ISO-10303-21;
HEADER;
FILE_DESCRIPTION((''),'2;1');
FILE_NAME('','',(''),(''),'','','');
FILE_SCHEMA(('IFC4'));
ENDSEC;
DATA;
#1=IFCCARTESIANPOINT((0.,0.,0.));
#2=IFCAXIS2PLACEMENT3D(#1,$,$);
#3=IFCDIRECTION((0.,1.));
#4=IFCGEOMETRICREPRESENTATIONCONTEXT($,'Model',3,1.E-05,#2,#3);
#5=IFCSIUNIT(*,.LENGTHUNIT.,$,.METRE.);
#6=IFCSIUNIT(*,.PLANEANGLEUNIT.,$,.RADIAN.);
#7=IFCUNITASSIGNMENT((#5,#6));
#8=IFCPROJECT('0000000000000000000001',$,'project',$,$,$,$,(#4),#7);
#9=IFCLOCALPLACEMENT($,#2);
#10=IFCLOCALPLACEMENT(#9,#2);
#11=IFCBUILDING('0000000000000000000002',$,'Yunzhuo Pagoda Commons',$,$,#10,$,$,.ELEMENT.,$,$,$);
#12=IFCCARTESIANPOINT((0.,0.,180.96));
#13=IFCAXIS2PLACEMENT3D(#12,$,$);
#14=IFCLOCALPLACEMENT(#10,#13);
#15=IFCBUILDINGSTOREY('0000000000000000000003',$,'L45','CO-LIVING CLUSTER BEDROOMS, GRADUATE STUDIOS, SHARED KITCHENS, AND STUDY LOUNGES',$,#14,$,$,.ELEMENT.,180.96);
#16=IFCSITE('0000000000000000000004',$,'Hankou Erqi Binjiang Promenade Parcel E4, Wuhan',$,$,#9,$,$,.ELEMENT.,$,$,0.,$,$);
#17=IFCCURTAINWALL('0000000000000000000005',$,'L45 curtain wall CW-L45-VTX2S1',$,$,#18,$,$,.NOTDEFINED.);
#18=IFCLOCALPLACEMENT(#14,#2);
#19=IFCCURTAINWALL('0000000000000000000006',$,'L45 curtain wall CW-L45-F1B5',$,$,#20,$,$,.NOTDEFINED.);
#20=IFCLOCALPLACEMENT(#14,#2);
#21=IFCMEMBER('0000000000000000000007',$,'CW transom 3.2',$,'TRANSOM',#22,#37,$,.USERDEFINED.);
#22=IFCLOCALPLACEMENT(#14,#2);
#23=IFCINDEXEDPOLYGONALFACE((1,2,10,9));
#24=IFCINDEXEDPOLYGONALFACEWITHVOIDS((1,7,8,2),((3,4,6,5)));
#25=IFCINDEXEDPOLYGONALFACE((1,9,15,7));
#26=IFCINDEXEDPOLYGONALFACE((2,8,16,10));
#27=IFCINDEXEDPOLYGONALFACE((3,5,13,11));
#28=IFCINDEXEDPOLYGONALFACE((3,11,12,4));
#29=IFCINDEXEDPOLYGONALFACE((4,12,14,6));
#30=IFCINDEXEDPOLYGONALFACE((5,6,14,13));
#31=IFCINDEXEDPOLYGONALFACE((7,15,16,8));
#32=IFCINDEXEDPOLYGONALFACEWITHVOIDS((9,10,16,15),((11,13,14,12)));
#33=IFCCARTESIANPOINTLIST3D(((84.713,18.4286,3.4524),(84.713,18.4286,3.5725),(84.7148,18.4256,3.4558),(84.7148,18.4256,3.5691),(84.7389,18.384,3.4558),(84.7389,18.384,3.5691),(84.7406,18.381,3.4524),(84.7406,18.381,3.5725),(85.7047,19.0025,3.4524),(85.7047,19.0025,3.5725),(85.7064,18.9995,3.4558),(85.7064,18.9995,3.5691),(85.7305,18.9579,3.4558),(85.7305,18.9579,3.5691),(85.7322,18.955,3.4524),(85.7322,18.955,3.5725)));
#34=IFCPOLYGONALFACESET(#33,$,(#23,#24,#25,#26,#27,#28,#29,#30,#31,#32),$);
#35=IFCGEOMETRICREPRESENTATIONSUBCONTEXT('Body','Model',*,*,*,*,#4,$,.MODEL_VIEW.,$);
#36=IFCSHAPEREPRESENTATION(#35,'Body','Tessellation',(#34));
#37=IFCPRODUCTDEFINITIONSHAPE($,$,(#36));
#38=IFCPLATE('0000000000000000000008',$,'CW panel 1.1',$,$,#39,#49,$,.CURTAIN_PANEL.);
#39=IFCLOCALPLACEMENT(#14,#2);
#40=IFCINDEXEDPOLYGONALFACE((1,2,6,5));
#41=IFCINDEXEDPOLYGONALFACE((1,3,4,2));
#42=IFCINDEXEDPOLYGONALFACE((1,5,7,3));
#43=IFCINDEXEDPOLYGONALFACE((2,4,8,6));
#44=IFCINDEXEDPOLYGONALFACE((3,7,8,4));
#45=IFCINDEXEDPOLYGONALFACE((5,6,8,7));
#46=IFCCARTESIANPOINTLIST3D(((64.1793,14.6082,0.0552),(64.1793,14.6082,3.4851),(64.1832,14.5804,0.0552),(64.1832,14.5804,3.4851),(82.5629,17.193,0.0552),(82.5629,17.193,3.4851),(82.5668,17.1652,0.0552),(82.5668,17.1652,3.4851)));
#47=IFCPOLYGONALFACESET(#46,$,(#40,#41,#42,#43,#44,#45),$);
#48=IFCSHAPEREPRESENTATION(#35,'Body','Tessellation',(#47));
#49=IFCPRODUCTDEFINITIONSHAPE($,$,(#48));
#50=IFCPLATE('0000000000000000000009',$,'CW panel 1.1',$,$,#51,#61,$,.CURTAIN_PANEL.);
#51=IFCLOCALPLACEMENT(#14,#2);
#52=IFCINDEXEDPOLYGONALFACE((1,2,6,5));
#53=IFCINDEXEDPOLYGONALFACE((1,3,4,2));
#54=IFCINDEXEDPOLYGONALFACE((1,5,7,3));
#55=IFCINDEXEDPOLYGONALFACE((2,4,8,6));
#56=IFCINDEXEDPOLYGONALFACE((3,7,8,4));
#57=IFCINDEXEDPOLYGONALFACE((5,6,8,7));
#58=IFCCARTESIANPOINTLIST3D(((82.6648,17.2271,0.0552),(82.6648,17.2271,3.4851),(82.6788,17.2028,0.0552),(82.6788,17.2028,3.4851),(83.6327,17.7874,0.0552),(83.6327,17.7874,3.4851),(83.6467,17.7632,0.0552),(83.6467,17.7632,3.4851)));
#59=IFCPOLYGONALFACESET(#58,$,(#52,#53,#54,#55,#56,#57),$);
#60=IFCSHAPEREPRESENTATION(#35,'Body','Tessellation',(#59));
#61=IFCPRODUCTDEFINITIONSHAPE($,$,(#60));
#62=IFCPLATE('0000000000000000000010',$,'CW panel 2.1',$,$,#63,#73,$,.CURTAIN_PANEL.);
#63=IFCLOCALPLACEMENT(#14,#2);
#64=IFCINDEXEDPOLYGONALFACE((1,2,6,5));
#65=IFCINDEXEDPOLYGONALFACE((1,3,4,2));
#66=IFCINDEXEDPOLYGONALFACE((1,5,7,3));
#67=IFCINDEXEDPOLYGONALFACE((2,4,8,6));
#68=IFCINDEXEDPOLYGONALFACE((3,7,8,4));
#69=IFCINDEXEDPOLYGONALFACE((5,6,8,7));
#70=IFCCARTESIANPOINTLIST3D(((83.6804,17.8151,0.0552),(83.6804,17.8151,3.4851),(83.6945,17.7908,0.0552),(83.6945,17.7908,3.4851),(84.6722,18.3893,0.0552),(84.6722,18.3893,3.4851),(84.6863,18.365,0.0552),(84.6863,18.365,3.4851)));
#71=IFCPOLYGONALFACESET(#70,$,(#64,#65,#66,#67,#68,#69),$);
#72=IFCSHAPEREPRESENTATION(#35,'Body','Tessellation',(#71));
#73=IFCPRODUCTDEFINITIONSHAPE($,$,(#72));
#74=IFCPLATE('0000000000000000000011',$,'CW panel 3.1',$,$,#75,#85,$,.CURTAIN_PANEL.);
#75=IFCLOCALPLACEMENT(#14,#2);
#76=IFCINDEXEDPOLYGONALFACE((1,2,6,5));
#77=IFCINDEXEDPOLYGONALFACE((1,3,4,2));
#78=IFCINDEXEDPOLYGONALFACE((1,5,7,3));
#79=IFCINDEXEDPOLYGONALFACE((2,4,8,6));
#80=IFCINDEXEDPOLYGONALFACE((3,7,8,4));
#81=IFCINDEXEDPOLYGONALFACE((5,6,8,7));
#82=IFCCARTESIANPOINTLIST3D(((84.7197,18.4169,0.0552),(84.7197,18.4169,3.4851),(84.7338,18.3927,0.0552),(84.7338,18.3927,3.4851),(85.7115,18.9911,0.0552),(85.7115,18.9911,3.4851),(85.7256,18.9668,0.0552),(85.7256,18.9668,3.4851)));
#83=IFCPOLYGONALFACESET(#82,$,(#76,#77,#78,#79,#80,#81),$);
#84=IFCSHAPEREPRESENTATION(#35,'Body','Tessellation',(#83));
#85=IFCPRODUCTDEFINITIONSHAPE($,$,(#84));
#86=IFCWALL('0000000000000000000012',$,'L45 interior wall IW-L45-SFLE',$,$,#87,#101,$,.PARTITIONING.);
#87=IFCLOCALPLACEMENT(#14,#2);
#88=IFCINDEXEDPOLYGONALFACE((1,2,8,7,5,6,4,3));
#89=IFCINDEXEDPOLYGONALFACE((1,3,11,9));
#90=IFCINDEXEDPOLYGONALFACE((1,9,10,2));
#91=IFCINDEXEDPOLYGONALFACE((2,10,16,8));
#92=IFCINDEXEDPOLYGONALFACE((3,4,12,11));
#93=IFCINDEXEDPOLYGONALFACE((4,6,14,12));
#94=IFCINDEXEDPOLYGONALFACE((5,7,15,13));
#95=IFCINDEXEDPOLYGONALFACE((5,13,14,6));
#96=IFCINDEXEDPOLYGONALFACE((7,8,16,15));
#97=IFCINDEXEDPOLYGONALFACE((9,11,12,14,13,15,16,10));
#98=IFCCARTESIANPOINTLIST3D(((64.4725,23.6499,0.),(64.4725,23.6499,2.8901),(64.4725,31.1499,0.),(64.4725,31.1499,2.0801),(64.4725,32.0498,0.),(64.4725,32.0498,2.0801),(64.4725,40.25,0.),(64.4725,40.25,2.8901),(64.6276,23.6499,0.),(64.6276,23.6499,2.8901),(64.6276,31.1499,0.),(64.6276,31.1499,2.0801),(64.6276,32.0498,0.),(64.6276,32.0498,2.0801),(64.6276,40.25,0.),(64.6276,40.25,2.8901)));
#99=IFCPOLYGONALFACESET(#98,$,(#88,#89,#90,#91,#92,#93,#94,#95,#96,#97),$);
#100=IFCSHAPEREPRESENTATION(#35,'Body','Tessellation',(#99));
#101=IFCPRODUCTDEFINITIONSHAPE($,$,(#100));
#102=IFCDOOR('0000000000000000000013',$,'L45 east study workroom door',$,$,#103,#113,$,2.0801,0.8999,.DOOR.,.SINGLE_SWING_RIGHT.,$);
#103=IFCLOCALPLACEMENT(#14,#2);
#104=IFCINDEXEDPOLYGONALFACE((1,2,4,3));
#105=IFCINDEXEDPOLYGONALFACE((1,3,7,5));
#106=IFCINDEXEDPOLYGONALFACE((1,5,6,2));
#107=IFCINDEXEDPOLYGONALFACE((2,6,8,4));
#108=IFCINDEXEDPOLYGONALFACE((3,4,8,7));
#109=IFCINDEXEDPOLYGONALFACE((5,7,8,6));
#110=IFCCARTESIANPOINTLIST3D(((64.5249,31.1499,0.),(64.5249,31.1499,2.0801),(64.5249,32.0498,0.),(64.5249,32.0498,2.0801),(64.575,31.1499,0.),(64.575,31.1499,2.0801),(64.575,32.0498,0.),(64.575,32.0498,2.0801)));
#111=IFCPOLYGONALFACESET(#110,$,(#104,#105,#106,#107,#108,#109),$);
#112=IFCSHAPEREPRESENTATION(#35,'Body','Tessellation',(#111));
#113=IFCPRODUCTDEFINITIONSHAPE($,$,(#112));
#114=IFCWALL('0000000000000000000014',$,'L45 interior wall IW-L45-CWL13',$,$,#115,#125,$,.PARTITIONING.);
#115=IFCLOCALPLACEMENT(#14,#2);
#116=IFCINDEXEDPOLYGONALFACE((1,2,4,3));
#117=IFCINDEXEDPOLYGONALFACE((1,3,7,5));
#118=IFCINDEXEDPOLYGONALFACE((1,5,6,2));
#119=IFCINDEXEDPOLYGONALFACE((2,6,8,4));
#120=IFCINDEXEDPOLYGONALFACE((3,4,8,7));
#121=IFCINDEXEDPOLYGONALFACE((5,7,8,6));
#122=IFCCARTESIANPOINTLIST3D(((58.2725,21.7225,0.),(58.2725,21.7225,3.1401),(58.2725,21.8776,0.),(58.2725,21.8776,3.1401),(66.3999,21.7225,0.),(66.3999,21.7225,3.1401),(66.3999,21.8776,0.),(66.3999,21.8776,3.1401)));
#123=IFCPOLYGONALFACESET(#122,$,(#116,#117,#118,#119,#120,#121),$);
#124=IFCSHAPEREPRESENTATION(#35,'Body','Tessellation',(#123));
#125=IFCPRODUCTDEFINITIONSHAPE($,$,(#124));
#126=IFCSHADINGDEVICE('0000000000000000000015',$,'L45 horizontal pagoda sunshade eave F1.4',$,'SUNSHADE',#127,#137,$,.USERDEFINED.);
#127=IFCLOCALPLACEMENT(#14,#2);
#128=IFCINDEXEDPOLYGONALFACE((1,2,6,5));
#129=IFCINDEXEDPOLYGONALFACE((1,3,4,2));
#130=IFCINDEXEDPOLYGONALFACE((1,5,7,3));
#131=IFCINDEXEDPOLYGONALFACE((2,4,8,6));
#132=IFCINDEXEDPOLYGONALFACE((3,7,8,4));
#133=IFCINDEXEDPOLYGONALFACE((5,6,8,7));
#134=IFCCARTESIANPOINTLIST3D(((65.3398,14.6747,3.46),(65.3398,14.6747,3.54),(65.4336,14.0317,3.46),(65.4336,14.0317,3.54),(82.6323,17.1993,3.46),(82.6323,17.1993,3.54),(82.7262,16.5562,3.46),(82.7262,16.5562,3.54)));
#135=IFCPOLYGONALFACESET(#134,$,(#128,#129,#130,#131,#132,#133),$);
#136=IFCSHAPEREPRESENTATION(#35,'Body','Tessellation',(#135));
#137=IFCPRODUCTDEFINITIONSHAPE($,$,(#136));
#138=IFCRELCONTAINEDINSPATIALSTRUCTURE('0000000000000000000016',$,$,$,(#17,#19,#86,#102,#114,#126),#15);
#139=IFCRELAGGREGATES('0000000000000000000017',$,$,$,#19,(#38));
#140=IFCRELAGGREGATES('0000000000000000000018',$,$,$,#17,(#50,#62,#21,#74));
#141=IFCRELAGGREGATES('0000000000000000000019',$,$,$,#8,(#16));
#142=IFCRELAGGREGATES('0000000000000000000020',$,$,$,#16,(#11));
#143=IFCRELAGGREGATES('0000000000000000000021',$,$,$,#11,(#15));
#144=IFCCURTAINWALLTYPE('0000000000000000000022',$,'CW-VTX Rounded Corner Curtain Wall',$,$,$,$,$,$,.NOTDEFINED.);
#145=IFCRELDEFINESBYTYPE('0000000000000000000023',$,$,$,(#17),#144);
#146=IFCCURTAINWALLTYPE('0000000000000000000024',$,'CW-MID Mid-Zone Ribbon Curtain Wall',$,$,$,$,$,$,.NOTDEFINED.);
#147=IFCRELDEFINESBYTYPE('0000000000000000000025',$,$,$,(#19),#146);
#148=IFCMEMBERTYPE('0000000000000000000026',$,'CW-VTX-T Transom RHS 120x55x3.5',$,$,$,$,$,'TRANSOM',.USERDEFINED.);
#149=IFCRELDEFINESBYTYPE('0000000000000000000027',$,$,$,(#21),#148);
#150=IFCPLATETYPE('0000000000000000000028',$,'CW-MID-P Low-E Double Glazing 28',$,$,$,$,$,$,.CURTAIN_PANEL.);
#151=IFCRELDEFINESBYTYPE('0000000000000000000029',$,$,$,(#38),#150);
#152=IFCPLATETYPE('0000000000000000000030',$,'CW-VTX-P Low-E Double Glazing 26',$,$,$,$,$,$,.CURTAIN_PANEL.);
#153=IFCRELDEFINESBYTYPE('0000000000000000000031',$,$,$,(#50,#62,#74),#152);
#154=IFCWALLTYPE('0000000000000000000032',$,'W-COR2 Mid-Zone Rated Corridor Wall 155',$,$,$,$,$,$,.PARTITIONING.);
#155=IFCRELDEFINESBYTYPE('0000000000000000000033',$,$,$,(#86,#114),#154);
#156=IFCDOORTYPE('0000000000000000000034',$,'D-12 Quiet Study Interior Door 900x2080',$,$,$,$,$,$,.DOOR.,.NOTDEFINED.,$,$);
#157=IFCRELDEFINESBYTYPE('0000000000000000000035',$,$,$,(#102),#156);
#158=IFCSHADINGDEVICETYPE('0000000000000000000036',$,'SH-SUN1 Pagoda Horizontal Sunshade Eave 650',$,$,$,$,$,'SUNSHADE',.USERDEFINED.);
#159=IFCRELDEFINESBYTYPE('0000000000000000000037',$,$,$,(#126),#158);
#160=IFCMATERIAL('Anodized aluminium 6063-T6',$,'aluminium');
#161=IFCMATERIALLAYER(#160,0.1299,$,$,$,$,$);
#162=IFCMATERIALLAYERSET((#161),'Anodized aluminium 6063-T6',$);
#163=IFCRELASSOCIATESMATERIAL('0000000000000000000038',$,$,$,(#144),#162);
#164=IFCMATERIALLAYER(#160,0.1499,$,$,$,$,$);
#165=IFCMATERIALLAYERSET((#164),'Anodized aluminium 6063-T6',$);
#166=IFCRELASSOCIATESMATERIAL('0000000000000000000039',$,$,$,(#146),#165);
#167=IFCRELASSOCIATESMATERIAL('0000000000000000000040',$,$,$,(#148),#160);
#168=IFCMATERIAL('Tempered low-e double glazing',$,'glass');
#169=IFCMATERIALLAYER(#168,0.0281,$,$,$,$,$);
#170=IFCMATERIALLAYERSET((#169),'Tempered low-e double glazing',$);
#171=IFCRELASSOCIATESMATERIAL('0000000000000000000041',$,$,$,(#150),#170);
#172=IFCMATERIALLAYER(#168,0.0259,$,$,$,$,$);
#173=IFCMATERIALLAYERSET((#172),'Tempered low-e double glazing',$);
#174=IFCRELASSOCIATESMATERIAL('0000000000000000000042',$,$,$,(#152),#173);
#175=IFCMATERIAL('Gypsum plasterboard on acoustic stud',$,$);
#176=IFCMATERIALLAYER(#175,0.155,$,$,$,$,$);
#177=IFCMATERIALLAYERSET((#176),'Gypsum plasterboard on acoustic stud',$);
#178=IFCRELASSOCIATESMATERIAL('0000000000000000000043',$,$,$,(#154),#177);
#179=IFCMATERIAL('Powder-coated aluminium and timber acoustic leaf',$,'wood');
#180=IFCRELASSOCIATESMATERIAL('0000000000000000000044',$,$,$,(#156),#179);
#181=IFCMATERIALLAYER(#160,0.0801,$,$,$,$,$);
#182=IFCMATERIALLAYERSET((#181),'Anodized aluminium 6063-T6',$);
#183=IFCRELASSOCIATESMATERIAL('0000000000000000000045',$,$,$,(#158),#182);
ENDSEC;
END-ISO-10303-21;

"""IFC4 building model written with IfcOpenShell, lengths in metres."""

from ifc_helpers import new_model, si_unit, direction, frame, frame_2d, origin, origin_2d, place, context, subcontext, project, spatial, rectangle, hollow_rectangle, extrude, source, transform, mapped, material, layer, layer_set, material_profile, profile_set, type_object, element, fill, aggregate, save


model = new_model("IFC4")

# Units and contexts
model_context = context("Model", 3, precision=1e-05, world=origin(), true_north=direction((0.0, 1.0)))
body_context = subcontext(model_context, "Body", "Model", "MODEL_VIEW")
ifc_project = project(units=[si_unit("LENGTHUNIT", "METRE"), si_unit("PLANEANGLEUNIT", "RADIAN")], contexts=[model_context])

# Site, building, storey
site_placement = place(None, origin())
site = spatial("IfcSite", under=ifc_project, at=site_placement, Name="Hankou Erqi Binjiang Promenade Parcel E4, Wuhan", CompositionType="ELEMENT", RefElevation=0.0)
building_placement = place(site_placement, origin())
building = spatial("IfcBuilding", under=site, at=building_placement, Name="Yunzhuo Pagoda Commons", CompositionType="ELEMENT")
storey_placement = place(building_placement, frame((0.0, 0.0, 180.96)))
storey = spatial("IfcBuildingStorey", under=building, at=storey_placement, Name="L45", Description="CO-LIVING CLUSTER BEDROOMS, GRADUATE STUDIOS, SHARED KITCHENS, AND STUDY LOUNGES", CompositionType="ELEMENT", Elevation=180.96)

# Curtain wall
ifc_material_1 = material(Name="Anodized aluminium 6063-T6", Category="aluminium")
ifc_layer_1 = layer(ifc_material_1, 0.1299)
ifc_layer_set_1 = layer_set([ifc_layer_1], Name="Anodized aluminium 6063-T6")
curtain_wall_type_1 = type_object("IfcCurtainWallType", Name="CW-VTX Rounded Corner Curtain Wall", PredefinedType="NOTDEFINED", material=ifc_layer_set_1)
curtain_wall_1_placement = place(storey_placement, origin())
curtain_wall_1 = element("IfcCurtainWall", 1, at=curtain_wall_1_placement, inside=storey, type_object=curtain_wall_type_1, Name="L45 curtain wall CW-L45-VTX2S1", PredefinedType="NOTDEFINED")

# Shared definitions
ifc_layer_2 = layer(ifc_material_1, 0.1499)
ifc_layer_set_2 = layer_set([ifc_layer_2], Name="Anodized aluminium 6063-T6")
curtain_wall_type_2 = type_object("IfcCurtainWallType", Name="CW-MID Mid-Zone Ribbon Curtain Wall", PredefinedType="NOTDEFINED", material=ifc_layer_set_2)

# Curtain wall
curtain_wall_2_placement = place(storey_placement, origin())
curtain_wall_2 = element("IfcCurtainWall", 2, at=curtain_wall_2_placement, inside=storey, type_object=curtain_wall_type_2, Name="L45 curtain wall CW-L45-F1B5", PredefinedType="NOTDEFINED")

# Member
ifc_material_profile_1 = material_profile(ifc_material_1, hollow_rectangle(XDim=0.0549, YDim=0.1201, WallThickness=0.0034, at=origin_2d()), Name="Anodized aluminium 6063-T6")
ifc_profile_set_1 = profile_set([ifc_material_profile_1], Name="Anodized aluminium 6063-T6")
member_type_1 = type_object("IfcMemberType", Name="CW-VTX-T Transom RHS 120x55x3.5", ElementType="TRANSOM", PredefinedType="USERDEFINED", material=ifc_profile_set_1)
shared_shape_1 = source(origin(), body_context, "Body", "SweptSolid", [
    extrude(hollow_rectangle(XDim=0.0549, YDim=0.1201, WallThickness=0.0034, at=origin_2d()), origin(), (0.0, 0.0, 1.0), 1.1458),
])
member_1_placement = place(storey_placement, frame((84.7268, 18.4048, 3.5125), z_axis=(0.865489, 0.500927, 0.0), x_axis=(-0.500927, 0.865489, 0.0)))
member_1 = element("IfcMember", 3, at=member_1_placement, type_object=member_type_1, Name="CW transom 3.2", ObjectType="TRANSOM", PredefinedType="USERDEFINED", context=body_context, shape_type="MappedRepresentation", body=[
    mapped(shared_shape_1, transform((0.0, 0.0, 0.0), scale=1.0)),
])

# Plates
ifc_material_2 = material(Name="Tempered low-e double glazing", Category="glass")
ifc_layer_3 = layer(ifc_material_2, 0.0281)
ifc_layer_set_3 = layer_set([ifc_layer_3], Name="Tempered low-e double glazing")
plate_type_1 = type_object("IfcPlateType", Name="CW-MID-P Low-E Double Glazing 28", PredefinedType="CURTAIN_PANEL", material=ifc_layer_set_3)
shared_shape_2 = source(origin(), body_context, "Body", "SweptSolid", [
    extrude(rectangle(XDim=18.5645, YDim=0.0281, at=origin_2d()), origin(), (0.0, 0.0, 1.0), 3.4299),
])
plate_1_placement = place(storey_placement, frame((73.373, 15.8867, 0.0552), z_axis=(0.0, 0.0, 1.0), x_axis=(0.99026, 0.139233, 0.0)))
plate_1 = element("IfcPlate", 4, at=plate_1_placement, type_object=plate_type_1, Name="CW panel 1.1", PredefinedType="CURTAIN_PANEL", context=body_context, shape_type="MappedRepresentation", body=[
    mapped(shared_shape_2, transform((0.0, 0.0, 0.0), scale=1.0)),
])
aggregate(curtain_wall_2, [plate_1])
ifc_layer_4 = layer(ifc_material_2, 0.0259)
ifc_layer_set_4 = layer_set([ifc_layer_4], Name="Tempered low-e double glazing")
plate_type_2 = type_object("IfcPlateType", Name="CW-VTX-P Low-E Double Glazing 26", PredefinedType="CURTAIN_PANEL", material=ifc_layer_set_4)
shared_shape_3 = source(origin(), body_context, "Body", "SweptSolid", [
    extrude(rectangle(XDim=1.1184, YDim=0.0281, at=origin_2d()), origin(), (0.0, 0.0, 1.0), 3.4299),
])
plate_2_placement = place(storey_placement, frame((83.1558, 17.4951, 0.0552), z_axis=(0.0, 0.0, 1.0), x_axis=(0.865424, 0.50104, 0.0)))
plate_2 = element("IfcPlate", 5, at=plate_2_placement, type_object=plate_type_2, Name="CW panel 1.1", PredefinedType="CURTAIN_PANEL", context=body_context, shape_type="MappedRepresentation", body=[
    mapped(shared_shape_3, transform((0.0, 0.0, 0.0), scale=1.0)),
])
shared_shape_4 = source(origin(), body_context, "Body", "SweptSolid", [
    extrude(rectangle(XDim=1.146, YDim=0.0281, at=origin_2d()), origin(), (0.0, 0.0, 1.0), 3.4299),
])
plate_3_placement = place(storey_placement, frame((84.1833, 18.0901, 0.0552), z_axis=(0.0, 0.0, 1.0), x_axis=(0.865424, 0.50104, 0.0)))
plate_3 = element("IfcPlate", 6, at=plate_3_placement, type_object=plate_type_2, Name="CW panel 2.1", PredefinedType="CURTAIN_PANEL", context=body_context, shape_type="MappedRepresentation", body=[
    mapped(shared_shape_4, transform((0.0, 0.0, 0.0), scale=1.0)),
])
plate_4_placement = place(storey_placement, frame((85.2227, 18.6919, 0.0552), z_axis=(0.0, 0.0, 1.0), x_axis=(0.865424, 0.50104, 0.0)))
plate_4 = element("IfcPlate", 7, at=plate_4_placement, type_object=plate_type_2, Name="CW panel 3.1", PredefinedType="CURTAIN_PANEL", context=body_context, shape_type="MappedRepresentation", body=[
    mapped(shared_shape_4, transform((0.0, 0.0, 0.0), scale=1.0)),
])
aggregate(curtain_wall_1, [plate_2, plate_3, member_1, plate_4])

# Wall, opening, door
ifc_material_3 = material(Name="Gypsum plasterboard on acoustic stud")
ifc_layer_5 = layer(ifc_material_3, 0.155)
ifc_layer_set_5 = layer_set([ifc_layer_5], Name="Gypsum plasterboard on acoustic stud")
wall_type = type_object("IfcWallType", Name="W-COR2 Mid-Zone Rated Corridor Wall 155", PredefinedType="PARTITIONING", material=ifc_layer_set_5)
wall_1_placement = place(storey_placement, frame((64.55, 23.6499, 0.0), z_axis=(0.0, 0.0, 1.0), x_axis=(0.0, 1.0, 0.0)))
wall_1 = element("IfcWall", 8, at=wall_1_placement, inside=storey, type_object=wall_type, Name="L45 interior wall IW-L45-SFLE", PredefinedType="PARTITIONING", context=body_context, shape_type="SweptSolid", body=[
    extrude(rectangle(XDim=16.6001, YDim=0.155, at=frame_2d((8.3, 0.0))), origin(), (0.0, 0.0, 1.0), 2.8901),
])
opening_placement = place(wall_1_placement, frame((7.5, 0.0, 0.0)))
opening = element("IfcOpeningElement", 9, at=opening_placement, cuts=wall_1, PredefinedType="OPENING", context=body_context, shape_type="SweptSolid", body=[
    extrude(rectangle(XDim=0.8999, YDim=2.0801, at=frame_2d((0.45, 1.04))), frame((0.0, 0.0874, 0.0), z_axis=(0.0, -1.0, 0.0), x_axis=(1.0, 0.0, 0.0)), (0.0, 0.0, 1.0), 0.175),
])
ifc_material_4 = material(Name="Powder-coated aluminium and timber acoustic leaf", Category="wood")
door_type = type_object("IfcDoorType", Name="D-12 Quiet Study Interior Door 900x2080", OperationType="NOTDEFINED", PredefinedType="DOOR", material=ifc_material_4)
shared_shape_5 = source(origin(), body_context, "Body", "SweptSolid", [
    extrude(rectangle(XDim=0.8999, YDim=2.0801, at=frame_2d((0.45, 1.04))), frame((0.0, 0.0249, 0.0), z_axis=(0.0, -1.0, 0.0), x_axis=(1.0, 0.0, 0.0)), (0.0, 0.0, 1.0), 0.05),
])
door_placement = place(opening_placement, frame((0.8999, 0.0, 0.0), z_axis=(0.0, 0.0, 1.0), x_axis=(-1.0, 0.0, 0.0)))
door = element("IfcDoor", 10, at=door_placement, inside=storey, type_object=door_type, Name="L45 east study workroom door", OperationType="SINGLE_SWING_RIGHT", OverallHeight=2.0801, OverallWidth=0.8999, PredefinedType="DOOR", context=body_context, shape_type="MappedRepresentation", body=[
    mapped(shared_shape_5, transform((0.0, 0.0, 0.0), scale=1.0)),
])
fill(opening, door)

# Wall
wall_2_placement = place(storey_placement, frame((66.3999, 21.8, 0.0), z_axis=(0.0, 0.0, 1.0), x_axis=(-1.0, 0.0, 0.0)))
element("IfcWall", 11, at=wall_2_placement, inside=storey, type_object=wall_type, Name="L45 interior wall IW-L45-CWL13", PredefinedType="PARTITIONING", context=body_context, shape_type="SweptSolid", body=[
    extrude(rectangle(XDim=8.1274, YDim=0.155, at=frame_2d((4.0637, 0.0))), origin(), (0.0, 0.0, 1.0), 3.1401),
])

# Shading device
ifc_layer_6 = layer(ifc_material_1, 0.0801)
ifc_layer_set_6 = layer_set([ifc_layer_6], Name="Anodized aluminium 6063-T6")
shading_device_type = type_object("IfcShadingDeviceType", Name="SH-SUN1 Pagoda Horizontal Sunshade Eave 650", ElementType="SUNSHADE", PredefinedType="USERDEFINED", material=ifc_layer_set_6)
shared_shape_6 = source(origin(), body_context, "Body", "SweptSolid", [
    extrude(rectangle(XDim=17.4758, YDim=0.6499, at=origin_2d()), origin(), (0.0, 0.0, 1.0), 0.0801),
])
shading_device_placement = place(storey_placement, frame((74.033, 15.6155, 3.46), z_axis=(0.0, 0.0, 1.0), x_axis=(0.989511, 0.14446, 0.0)))
element("IfcShadingDevice", 12, at=shading_device_placement, inside=storey, type_object=shading_device_type, Name="L45 horizontal pagoda sunshade eave F1.4", ObjectType="SUNSHADE", PredefinedType="USERDEFINED", context=body_context, shape_type="MappedRepresentation", body=[
    mapped(shared_shape_6, transform((0.0, 0.0, 0.0), scale=1.0)),
])

save(model, "model.ifc")
